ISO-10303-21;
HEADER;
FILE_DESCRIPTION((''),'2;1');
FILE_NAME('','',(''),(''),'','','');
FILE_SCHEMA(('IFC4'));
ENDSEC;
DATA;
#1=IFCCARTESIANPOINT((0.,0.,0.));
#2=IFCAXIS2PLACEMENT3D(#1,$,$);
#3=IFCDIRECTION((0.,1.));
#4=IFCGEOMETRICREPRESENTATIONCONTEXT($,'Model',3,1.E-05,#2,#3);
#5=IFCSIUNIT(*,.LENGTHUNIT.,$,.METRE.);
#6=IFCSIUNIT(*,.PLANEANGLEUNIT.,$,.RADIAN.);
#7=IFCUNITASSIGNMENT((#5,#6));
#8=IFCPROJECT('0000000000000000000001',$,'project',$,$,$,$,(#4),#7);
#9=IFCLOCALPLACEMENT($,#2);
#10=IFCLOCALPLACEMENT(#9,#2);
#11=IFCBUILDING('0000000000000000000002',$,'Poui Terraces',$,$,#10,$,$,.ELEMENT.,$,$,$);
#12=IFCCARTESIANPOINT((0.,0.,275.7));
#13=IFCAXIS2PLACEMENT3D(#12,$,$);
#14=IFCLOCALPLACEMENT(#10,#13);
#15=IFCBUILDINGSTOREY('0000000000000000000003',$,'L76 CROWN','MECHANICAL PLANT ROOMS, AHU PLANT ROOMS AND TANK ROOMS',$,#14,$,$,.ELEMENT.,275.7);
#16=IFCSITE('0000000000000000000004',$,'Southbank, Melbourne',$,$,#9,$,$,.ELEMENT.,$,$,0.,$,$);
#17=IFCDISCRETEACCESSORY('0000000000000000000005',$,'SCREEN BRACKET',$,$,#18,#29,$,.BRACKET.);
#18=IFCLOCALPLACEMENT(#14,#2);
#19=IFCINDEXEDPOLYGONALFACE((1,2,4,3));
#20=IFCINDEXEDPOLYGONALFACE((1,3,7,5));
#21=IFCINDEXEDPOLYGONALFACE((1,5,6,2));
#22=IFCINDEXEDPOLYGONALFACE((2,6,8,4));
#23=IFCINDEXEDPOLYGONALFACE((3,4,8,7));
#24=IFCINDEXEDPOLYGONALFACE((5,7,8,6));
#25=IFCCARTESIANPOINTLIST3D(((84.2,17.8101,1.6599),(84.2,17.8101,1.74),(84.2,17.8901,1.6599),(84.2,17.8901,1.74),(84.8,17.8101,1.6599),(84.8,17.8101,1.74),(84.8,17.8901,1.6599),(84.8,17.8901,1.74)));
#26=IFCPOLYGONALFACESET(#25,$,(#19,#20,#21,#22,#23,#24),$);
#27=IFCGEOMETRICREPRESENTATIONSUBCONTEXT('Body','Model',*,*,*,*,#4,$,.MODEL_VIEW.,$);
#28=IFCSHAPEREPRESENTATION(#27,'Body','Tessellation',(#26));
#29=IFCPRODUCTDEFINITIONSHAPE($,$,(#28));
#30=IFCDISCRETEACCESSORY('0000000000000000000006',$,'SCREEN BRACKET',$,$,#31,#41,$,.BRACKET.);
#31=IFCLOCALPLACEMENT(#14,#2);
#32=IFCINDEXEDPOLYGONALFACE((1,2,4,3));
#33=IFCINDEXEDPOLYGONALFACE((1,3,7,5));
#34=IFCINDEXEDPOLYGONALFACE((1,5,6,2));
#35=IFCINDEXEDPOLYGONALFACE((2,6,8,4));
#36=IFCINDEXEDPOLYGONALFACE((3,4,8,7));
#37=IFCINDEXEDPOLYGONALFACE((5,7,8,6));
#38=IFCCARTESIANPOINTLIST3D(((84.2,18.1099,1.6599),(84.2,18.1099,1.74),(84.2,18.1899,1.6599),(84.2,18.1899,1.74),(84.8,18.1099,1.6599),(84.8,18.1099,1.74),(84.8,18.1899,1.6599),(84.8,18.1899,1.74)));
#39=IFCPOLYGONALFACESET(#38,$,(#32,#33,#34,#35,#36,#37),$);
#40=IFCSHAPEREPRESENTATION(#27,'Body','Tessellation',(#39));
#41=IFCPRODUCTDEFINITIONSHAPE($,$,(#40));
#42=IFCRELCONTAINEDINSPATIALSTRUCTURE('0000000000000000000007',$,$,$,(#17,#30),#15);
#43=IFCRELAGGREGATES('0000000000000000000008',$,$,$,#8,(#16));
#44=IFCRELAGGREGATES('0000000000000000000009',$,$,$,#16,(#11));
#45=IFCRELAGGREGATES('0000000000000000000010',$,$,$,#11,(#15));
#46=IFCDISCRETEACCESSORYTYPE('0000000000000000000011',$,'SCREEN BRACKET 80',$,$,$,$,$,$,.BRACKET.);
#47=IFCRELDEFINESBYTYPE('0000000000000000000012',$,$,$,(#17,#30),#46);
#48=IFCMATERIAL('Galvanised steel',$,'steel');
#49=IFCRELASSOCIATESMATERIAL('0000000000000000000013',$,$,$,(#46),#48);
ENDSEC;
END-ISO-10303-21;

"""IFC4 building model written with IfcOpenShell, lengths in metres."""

from ifc_helpers import new_model, si_unit, direction, frame, origin, origin_2d, place, context, subcontext, project, spatial, rectangle, extrude, source, transform, mapped, material, material_profile, profile_set, type_object, element, save


model = new_model("IFC4")

# Units and contexts
model_context = context("Model", 3, precision=1e-05, world=origin(), true_north=direction((0.0, 1.0)))
body_context = subcontext(model_context, "Body", "Model", "MODEL_VIEW")
ifc_project = project(units=[si_unit("LENGTHUNIT", "METRE"), si_unit("PLANEANGLEUNIT", "RADIAN")], contexts=[model_context])

# Site, building, storey
site_placement = place(None, origin())
site = spatial("IfcSite", under=ifc_project, at=site_placement, Name="Southbank, Melbourne", CompositionType="ELEMENT", RefElevation=0.0)
building_placement = place(site_placement, origin())
building = spatial("IfcBuilding", under=site, at=building_placement, Name="Poui Terraces", CompositionType="ELEMENT")
storey_placement = place(building_placement, frame((0.0, 0.0, 275.7)))
storey = spatial("IfcBuildingStorey", under=building, at=storey_placement, Name="L76 CROWN", Description="MECHANICAL PLANT ROOMS, AHU PLANT ROOMS AND TANK ROOMS", CompositionType="ELEMENT", Elevation=275.7)

# Discrete accessories
ifc_material_1 = material(Name="Galvanised steel", Category="steel")
ifc_material_profile_1 = material_profile(ifc_material_1, rectangle(XDim=0.0801, YDim=0.0801, at=origin_2d()), Name="SCREEN BRACKET 80")
ifc_profile_set_1 = profile_set([ifc_material_profile_1], Name="Galvanised steel")
discrete_accessory_type = type_object("IfcDiscreteAccessoryType", Name="SCREEN BRACKET 80", PredefinedType="BRACKET", material=ifc_profile_set_1)
shared_shape_1 = source(origin(), body_context, "Body", "SweptSolid", [
    extrude(rectangle(XDim=0.0801, YDim=0.0801, at=origin_2d()), origin(), (0.0, 0.0, 1.0), 0.6001),
])
for number, where, z_axis, x_axis, name in (
    (1, (84.2, 17.8501, 1.7), (1.0, 0.0, 0.0), (0.0, 1.0, 0.0), "SCREEN BRACKET"),
    (2, (84.2, 18.1499, 1.7), (1.0, 0.0, 0.0), (0.0, 1.0, 0.0), "SCREEN BRACKET"),
):
    element("IfcDiscreteAccessory", number, at=place(storey_placement, frame(where, z_axis=z_axis, x_axis=x_axis)), inside=storey, type_object=discrete_accessory_type, Name=name, PredefinedType="BRACKET", context=body_context, shape_type="MappedRepresentation", body=[
        mapped(shared_shape_1, transform((0.0, 0.0, 0.0))),
    ])

save(model, "model.ifc")
